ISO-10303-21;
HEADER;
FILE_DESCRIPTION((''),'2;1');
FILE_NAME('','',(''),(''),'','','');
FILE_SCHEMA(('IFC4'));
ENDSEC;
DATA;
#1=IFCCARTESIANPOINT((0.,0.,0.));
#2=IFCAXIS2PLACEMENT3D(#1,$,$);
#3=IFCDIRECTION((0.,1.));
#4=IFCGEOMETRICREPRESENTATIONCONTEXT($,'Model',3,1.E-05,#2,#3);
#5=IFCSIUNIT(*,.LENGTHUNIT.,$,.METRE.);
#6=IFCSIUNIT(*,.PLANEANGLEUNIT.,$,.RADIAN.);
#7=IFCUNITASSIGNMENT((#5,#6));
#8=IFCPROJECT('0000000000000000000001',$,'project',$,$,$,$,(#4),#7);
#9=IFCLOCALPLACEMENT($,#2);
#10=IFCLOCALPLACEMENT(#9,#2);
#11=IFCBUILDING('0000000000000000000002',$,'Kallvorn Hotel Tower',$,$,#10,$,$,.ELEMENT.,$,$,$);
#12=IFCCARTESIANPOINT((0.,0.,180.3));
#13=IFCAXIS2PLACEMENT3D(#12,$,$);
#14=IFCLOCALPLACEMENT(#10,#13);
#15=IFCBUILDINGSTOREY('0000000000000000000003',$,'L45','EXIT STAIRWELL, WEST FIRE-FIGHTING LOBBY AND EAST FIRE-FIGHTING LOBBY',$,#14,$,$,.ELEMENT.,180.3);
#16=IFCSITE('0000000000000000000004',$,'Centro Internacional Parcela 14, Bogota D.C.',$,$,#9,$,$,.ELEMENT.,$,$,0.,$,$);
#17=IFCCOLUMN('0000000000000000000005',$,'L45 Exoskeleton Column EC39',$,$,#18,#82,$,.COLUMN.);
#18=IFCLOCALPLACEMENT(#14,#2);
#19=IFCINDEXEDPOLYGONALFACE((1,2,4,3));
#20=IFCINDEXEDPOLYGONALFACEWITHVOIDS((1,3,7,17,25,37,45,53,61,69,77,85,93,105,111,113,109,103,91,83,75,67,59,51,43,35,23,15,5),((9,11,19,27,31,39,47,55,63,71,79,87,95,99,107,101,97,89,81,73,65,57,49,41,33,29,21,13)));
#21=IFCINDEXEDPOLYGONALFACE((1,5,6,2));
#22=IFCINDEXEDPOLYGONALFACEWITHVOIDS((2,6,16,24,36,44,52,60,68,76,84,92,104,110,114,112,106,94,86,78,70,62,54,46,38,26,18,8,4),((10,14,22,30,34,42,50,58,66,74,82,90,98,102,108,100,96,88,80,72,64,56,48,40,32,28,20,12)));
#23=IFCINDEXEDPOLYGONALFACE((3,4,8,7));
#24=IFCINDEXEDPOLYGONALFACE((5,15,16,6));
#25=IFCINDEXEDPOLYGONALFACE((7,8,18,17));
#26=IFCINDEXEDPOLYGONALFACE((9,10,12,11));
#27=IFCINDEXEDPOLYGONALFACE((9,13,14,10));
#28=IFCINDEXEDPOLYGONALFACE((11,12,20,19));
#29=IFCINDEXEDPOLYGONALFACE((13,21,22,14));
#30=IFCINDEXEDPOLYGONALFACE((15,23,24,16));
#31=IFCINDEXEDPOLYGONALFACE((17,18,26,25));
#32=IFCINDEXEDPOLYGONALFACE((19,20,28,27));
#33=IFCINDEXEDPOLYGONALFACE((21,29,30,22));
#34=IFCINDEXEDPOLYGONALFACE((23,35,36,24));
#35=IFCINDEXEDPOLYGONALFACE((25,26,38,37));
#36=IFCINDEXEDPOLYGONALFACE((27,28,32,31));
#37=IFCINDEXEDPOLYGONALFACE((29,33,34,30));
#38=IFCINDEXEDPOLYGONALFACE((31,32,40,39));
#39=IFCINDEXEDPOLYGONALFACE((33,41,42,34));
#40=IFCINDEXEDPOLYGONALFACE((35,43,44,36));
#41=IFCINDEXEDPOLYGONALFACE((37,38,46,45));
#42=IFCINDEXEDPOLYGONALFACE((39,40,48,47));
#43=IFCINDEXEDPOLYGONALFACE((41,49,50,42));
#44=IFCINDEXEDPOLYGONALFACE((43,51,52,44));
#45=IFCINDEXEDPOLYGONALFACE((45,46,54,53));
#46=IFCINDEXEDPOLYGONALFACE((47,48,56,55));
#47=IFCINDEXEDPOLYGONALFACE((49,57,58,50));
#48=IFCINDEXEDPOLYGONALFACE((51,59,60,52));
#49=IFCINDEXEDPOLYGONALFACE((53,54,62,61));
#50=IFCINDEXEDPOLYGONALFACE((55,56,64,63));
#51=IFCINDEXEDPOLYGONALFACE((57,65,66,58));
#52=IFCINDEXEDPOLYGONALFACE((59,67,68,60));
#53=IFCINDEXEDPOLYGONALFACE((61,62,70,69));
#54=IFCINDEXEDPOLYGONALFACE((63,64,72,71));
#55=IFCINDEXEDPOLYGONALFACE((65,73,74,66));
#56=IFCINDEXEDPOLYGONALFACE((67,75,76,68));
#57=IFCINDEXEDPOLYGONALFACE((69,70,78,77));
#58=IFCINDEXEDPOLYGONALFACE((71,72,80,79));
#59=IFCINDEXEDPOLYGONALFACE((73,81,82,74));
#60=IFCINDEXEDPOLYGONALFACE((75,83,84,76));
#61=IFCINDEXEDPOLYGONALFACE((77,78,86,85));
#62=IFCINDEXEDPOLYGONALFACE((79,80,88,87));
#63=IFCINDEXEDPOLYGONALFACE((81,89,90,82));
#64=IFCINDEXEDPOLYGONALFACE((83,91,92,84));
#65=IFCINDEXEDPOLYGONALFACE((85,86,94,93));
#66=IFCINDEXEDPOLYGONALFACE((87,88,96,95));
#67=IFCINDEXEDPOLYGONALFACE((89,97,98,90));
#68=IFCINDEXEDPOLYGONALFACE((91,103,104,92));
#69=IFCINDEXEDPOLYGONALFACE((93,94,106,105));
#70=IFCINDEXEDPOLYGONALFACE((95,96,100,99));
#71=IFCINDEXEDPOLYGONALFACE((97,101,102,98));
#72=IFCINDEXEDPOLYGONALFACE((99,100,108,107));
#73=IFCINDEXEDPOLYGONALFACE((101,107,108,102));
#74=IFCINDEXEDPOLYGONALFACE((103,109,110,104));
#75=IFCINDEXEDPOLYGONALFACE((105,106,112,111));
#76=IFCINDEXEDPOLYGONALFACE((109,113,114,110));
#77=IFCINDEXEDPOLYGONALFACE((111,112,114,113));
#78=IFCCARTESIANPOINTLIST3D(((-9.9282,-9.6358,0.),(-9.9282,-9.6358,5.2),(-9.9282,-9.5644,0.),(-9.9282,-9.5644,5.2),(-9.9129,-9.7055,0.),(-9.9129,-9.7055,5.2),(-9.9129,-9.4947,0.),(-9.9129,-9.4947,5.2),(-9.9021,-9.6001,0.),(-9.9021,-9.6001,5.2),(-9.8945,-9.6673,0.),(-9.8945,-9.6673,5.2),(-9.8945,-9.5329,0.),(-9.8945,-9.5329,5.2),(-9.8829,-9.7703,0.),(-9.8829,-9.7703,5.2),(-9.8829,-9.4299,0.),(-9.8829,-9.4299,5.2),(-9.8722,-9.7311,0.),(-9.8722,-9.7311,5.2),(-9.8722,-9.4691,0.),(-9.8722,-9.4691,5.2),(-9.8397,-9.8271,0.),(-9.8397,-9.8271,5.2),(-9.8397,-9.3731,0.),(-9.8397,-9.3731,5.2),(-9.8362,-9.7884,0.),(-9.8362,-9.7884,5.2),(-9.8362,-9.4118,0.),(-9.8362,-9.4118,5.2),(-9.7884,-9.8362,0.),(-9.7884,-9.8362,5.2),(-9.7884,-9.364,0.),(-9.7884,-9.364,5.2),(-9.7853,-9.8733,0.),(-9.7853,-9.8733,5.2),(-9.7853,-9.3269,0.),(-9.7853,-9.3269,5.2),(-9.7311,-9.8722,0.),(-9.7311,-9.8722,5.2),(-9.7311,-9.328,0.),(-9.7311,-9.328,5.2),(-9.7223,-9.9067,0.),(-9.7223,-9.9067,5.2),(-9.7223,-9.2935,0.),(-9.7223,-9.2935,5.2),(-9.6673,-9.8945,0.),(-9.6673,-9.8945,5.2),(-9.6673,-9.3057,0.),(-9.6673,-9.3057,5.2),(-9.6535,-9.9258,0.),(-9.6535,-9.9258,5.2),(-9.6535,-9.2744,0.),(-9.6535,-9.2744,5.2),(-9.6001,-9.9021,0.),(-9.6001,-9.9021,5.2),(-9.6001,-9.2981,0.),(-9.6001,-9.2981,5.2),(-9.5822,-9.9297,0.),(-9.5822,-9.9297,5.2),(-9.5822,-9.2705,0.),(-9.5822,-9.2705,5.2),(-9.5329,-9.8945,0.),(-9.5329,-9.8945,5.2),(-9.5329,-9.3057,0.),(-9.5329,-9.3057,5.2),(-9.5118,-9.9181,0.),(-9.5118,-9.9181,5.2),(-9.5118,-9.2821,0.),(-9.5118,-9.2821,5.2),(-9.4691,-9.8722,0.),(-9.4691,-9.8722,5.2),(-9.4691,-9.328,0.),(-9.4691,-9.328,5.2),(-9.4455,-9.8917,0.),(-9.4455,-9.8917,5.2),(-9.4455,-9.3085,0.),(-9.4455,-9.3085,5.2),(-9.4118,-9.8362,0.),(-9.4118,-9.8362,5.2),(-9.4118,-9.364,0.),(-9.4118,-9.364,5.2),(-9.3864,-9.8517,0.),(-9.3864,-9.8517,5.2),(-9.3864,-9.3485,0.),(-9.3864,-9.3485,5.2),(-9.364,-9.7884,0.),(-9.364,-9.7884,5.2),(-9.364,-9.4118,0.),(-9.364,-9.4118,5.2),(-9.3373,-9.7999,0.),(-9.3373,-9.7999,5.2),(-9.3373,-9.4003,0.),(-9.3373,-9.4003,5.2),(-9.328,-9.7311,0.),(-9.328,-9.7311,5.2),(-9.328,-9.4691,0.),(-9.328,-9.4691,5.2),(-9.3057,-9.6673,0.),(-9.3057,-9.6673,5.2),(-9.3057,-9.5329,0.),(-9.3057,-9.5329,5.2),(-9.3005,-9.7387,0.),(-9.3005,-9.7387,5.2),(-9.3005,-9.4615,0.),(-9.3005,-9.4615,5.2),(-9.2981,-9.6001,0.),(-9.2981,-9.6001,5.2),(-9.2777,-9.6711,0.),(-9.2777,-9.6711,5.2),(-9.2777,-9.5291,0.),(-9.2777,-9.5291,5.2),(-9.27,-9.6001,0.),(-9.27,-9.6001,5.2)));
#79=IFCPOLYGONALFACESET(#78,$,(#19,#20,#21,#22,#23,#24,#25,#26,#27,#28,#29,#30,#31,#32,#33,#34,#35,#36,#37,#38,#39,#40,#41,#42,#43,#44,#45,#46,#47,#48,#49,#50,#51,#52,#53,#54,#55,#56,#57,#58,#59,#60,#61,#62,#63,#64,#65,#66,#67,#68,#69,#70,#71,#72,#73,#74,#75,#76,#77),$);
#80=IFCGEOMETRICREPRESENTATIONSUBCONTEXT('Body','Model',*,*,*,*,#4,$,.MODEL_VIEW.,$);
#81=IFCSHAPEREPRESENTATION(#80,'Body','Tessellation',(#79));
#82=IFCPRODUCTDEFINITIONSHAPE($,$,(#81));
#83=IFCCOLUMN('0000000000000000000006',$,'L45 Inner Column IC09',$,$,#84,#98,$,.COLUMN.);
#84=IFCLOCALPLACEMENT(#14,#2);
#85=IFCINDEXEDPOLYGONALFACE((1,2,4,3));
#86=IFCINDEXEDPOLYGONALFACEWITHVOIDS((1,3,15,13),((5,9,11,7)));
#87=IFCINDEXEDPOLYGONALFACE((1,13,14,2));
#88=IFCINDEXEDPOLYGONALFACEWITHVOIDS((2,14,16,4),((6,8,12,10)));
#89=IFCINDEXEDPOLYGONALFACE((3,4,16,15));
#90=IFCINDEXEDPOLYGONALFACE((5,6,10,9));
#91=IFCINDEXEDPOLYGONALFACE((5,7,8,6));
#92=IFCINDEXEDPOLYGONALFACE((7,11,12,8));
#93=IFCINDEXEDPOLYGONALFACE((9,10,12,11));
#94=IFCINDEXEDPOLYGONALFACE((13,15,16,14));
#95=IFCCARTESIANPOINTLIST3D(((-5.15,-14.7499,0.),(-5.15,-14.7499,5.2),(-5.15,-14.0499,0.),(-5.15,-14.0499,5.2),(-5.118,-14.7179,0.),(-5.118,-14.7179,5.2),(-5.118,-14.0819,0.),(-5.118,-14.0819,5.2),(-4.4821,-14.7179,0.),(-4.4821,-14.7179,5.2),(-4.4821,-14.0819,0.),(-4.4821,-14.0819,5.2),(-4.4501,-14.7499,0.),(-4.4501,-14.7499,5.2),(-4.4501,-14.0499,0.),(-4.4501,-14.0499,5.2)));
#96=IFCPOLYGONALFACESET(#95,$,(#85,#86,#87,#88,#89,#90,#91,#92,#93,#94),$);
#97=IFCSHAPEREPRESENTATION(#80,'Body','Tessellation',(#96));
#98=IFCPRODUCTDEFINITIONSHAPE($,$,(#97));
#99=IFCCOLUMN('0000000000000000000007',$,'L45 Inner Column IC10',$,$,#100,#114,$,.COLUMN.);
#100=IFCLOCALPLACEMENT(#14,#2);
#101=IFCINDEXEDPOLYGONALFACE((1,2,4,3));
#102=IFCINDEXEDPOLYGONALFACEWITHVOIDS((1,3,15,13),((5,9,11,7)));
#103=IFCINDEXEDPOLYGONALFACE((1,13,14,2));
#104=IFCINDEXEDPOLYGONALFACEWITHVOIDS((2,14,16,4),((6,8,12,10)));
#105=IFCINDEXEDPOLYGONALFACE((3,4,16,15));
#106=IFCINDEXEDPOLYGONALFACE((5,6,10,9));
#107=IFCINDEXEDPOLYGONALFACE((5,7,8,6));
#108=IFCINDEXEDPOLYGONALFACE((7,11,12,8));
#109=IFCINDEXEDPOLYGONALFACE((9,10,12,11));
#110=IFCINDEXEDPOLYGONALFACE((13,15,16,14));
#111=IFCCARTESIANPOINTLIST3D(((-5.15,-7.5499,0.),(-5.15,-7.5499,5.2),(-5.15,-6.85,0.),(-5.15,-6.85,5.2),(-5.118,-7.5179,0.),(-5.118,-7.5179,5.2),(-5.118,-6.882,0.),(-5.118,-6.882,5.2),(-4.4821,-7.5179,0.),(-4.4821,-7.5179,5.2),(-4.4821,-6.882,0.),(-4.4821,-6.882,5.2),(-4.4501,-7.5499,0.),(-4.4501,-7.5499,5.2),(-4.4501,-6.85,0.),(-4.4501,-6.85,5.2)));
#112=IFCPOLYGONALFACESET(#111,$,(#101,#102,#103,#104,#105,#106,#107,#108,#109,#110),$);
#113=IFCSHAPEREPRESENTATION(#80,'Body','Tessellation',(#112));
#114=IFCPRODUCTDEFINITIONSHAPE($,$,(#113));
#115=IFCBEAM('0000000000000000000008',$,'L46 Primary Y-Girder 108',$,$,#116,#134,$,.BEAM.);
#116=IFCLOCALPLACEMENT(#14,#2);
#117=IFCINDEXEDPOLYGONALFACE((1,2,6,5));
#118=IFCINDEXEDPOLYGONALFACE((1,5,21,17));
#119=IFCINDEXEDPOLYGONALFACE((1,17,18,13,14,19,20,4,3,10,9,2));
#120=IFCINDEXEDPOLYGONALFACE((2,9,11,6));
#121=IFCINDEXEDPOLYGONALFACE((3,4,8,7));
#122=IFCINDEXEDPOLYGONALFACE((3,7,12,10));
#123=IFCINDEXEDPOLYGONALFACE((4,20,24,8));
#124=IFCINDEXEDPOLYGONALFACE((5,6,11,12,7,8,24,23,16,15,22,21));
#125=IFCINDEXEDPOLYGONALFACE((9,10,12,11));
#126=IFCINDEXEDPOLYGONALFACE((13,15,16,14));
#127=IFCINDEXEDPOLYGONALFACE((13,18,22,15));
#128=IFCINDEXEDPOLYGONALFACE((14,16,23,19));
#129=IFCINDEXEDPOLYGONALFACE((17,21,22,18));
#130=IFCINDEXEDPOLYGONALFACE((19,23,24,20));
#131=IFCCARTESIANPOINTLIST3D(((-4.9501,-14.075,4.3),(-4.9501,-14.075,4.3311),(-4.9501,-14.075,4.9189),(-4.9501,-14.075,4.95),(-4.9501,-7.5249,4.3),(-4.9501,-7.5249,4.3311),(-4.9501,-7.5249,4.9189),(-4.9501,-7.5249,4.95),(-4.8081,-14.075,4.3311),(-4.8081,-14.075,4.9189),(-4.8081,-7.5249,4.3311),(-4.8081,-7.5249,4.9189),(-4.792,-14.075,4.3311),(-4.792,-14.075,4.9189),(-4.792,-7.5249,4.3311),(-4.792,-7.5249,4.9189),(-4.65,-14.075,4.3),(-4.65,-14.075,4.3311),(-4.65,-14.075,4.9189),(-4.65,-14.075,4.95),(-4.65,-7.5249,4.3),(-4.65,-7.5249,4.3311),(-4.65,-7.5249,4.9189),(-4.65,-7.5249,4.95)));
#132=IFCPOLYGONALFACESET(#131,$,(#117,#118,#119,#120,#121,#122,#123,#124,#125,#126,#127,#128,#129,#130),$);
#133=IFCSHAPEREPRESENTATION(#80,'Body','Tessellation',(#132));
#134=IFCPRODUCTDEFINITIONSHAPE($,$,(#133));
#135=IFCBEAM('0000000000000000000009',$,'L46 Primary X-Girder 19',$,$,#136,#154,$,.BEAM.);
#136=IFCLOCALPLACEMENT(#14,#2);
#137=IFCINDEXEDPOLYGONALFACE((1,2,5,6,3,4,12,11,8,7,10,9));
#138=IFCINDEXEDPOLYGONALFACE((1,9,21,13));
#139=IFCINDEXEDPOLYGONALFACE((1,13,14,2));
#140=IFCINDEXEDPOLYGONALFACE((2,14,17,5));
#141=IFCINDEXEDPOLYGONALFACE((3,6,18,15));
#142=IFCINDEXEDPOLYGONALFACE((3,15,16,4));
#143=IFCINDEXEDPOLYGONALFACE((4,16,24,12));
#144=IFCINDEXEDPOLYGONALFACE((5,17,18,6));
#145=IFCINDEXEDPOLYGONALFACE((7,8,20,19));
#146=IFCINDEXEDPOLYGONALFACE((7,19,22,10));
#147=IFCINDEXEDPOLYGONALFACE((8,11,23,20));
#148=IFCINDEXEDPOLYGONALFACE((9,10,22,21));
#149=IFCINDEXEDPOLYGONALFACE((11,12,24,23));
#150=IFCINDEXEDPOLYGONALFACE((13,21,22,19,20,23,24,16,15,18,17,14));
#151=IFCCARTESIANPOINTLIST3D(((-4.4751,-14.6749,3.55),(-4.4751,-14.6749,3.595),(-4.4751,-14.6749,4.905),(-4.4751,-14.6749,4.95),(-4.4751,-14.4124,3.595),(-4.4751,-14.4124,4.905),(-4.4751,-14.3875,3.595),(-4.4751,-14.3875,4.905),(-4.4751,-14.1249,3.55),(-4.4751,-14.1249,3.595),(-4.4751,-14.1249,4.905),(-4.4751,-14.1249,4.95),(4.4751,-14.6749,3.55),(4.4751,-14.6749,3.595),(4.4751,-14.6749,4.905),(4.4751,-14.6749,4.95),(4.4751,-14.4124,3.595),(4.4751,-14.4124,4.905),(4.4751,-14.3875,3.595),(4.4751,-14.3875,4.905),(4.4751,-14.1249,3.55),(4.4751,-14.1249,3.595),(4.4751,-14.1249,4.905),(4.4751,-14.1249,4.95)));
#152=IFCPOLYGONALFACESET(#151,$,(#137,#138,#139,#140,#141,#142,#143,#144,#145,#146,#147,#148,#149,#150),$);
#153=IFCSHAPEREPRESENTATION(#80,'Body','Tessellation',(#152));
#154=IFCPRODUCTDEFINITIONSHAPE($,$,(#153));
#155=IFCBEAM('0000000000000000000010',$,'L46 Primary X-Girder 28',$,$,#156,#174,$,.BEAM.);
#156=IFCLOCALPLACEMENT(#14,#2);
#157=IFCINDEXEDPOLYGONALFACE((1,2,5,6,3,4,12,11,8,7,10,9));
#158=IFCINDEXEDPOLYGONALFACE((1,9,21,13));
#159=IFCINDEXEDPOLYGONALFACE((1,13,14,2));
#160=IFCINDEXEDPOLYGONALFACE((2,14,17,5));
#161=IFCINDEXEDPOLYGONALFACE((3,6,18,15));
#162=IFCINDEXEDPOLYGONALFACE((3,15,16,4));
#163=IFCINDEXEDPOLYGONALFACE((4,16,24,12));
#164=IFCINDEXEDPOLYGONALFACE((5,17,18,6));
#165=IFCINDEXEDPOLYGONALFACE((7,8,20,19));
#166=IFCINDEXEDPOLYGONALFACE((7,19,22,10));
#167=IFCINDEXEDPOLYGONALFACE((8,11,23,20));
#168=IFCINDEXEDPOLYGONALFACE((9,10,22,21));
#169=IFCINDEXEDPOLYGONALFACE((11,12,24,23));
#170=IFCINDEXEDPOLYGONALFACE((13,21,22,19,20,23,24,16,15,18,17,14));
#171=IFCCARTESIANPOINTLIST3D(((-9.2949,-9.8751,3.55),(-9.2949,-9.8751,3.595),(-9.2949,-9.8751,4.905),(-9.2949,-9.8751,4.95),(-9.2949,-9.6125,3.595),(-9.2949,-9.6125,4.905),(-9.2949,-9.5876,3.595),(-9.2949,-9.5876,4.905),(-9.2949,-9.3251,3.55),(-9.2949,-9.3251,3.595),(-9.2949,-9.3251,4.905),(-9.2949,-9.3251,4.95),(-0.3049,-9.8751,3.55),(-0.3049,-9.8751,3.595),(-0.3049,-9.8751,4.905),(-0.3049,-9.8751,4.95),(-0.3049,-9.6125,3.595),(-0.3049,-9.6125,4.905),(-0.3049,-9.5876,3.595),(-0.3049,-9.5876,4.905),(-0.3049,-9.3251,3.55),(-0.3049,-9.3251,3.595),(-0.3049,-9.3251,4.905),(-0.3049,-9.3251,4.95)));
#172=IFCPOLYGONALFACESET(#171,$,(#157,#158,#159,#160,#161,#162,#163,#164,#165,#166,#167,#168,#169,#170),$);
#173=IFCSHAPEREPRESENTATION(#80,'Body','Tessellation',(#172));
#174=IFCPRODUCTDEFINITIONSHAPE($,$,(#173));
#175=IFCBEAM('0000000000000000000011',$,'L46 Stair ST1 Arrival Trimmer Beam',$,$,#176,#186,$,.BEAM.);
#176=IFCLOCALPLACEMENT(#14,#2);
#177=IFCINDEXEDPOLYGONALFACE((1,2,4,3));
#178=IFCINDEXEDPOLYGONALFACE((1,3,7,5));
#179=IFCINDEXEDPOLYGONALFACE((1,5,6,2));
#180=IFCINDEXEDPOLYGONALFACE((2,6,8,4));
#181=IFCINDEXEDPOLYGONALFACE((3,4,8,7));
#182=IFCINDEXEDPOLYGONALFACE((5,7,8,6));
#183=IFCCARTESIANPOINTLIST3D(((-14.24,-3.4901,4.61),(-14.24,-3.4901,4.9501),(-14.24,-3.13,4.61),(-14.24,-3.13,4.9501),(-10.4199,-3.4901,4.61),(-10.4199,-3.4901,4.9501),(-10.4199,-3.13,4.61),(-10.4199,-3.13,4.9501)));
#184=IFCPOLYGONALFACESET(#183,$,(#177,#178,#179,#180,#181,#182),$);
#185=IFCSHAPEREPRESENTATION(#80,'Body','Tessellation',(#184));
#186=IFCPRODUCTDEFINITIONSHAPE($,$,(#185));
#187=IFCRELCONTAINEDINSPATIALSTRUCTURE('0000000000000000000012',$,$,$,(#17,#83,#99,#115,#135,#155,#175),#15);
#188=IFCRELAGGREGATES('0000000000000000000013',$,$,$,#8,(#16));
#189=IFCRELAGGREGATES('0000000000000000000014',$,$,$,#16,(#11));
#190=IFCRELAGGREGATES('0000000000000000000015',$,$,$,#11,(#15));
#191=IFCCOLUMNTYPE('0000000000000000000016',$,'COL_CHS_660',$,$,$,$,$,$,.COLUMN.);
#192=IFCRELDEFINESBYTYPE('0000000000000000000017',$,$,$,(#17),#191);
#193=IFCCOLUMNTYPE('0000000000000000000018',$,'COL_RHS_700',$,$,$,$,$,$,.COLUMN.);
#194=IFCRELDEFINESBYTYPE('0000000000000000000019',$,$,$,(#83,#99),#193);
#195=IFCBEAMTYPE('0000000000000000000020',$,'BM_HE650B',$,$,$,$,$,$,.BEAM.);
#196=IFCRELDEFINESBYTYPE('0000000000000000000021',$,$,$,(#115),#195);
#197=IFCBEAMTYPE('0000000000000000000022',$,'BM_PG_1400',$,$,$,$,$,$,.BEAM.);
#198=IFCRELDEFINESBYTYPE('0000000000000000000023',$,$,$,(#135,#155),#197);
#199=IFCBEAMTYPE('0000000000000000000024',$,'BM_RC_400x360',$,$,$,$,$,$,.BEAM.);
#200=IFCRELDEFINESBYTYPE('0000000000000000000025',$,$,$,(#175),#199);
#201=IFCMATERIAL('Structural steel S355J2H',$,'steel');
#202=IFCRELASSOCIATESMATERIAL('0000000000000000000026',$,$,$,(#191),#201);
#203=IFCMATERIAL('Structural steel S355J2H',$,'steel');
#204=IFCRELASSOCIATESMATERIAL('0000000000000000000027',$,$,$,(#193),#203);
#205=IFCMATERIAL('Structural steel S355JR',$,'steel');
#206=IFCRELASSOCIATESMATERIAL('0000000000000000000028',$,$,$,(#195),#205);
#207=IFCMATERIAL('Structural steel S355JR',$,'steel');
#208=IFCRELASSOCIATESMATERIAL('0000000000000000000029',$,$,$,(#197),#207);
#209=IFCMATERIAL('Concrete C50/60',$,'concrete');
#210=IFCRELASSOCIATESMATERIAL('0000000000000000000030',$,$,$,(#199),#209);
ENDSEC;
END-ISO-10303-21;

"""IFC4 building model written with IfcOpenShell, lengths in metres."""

from ifc_helpers import new_model, si_unit, direction, frame, origin, origin_2d, place, context, subcontext, project, spatial, rectangle, hollow_rectangle, hollow_circle, i_section, extrude, material, material_profile, profile_set, type_object, element, save


model = new_model("IFC4")

# Units and contexts
model_context = context("Model", 3, precision=1e-05, world=origin(), true_north=direction((0.0, 1.0)))
body_context = subcontext(model_context, "Body", "Model", "MODEL_VIEW")
ifc_project = project(units=[si_unit("LENGTHUNIT", "METRE"), si_unit("PLANEANGLEUNIT", "RADIAN")], contexts=[model_context])

# Site, building, storey
site_placement = place(None, origin())
site = spatial("IfcSite", under=ifc_project, at=site_placement, Name="Centro Internacional Parcela 14, Bogota D.C.", CompositionType="ELEMENT", RefElevation=0.0)
building_placement = place(site_placement, origin())
building = spatial("IfcBuilding", under=site, at=building_placement, Name="Kallvorn Hotel Tower", CompositionType="ELEMENT")
storey_placement = place(building_placement, frame((0.0, 0.0, 180.3)))
storey = spatial("IfcBuildingStorey", under=building, at=storey_placement, Name="L45", Description="EXIT STAIRWELL, WEST FIRE-FIGHTING LOBBY AND EAST FIRE-FIGHTING LOBBY", CompositionType="ELEMENT", Elevation=180.3)

# Columns
ifc_material_1 = material(Name="Structural steel S355J2H", Category="steel")
ifc_material_profile_1 = material_profile(ifc_material_1, hollow_circle(Radius=0.3301, WallThickness=0.0281, at=origin_2d()), Name="CHS 660x28")
ifc_profile_set_1 = profile_set([ifc_material_profile_1], Name="Structural steel S355J2H")
column_type_1 = type_object("IfcColumnType", Name="COL_CHS_660", PredefinedType="COLUMN", material=ifc_profile_set_1)
column_placement = place(storey_placement, frame((-9.6001, -9.6001, 0.0), z_axis=(0.0, 0.0, 1.0), x_axis=(1.0, 0.0, 0.0)))
element("IfcColumn", 1, at=column_placement, inside=storey, type_object=column_type_1, Name="L45 Exoskeleton Column EC39", PredefinedType="COLUMN", context=body_context, shape_type="SweptSolid", body=[
    extrude(hollow_circle(Radius=0.3301, WallThickness=0.0281, at=origin_2d()), origin(), (0.0, 0.0, 1.0), 5.2),
])
ifc_material_2 = material(Name="Structural steel S355J2H", Category="steel")
ifc_material_profile_2 = material_profile(ifc_material_2, hollow_rectangle(XDim=0.7, YDim=0.7, WallThickness=0.032, at=origin_2d()), Name="RHS 700x700x32")
ifc_profile_set_2 = profile_set([ifc_material_profile_2], Name="Structural steel S355J2H")
column_type_2 = type_object("IfcColumnType", Name="COL_RHS_700", PredefinedType="COLUMN", material=ifc_profile_set_2)
for number, where, z_axis, x_axis, name in (
    (2, (-4.8, -14.3999, 0.0), (0.0, 0.0, 1.0), (1.0, 0.0, 0.0), "L45 Inner Column IC09"),
    (3, (-4.8, -7.2, 0.0), (0.0, 0.0, 1.0), (1.0, 0.0, 0.0), "L45 Inner Column IC10"),
):
    element("IfcColumn", number, at=place(storey_placement, frame(where, z_axis=z_axis, x_axis=x_axis)), inside=storey, type_object=column_type_2, Name=name, PredefinedType="COLUMN", context=body_context, shape_type="SweptSolid", body=[
        extrude(hollow_rectangle(XDim=0.7, YDim=0.7, WallThickness=0.032, at=origin_2d()), origin(), (0.0, 0.0, 1.0), 5.2),
    ])

# Beams
ifc_material_3 = material(Name="Structural steel S355JR", Category="steel")
ifc_material_profile_3 = material_profile(ifc_material_3, i_section(OverallWidth=0.3, OverallDepth=0.6499, WebThickness=0.0161, FlangeThickness=0.031, at=origin_2d()), Name="HE 650 B")
ifc_profile_set_3 = profile_set([ifc_material_profile_3], Name="Structural steel S355JR")
beam_type_1 = type_object("IfcBeamType", Name="BM_HE650B", PredefinedType="BEAM", material=ifc_profile_set_3)
beam_1_placement = place(storey_placement, frame((-4.8, -14.075, 4.625), z_axis=(0.0, 1.0, 0.0), x_axis=(-1.0, 0.0, 0.0)))
element("IfcBeam", 4, at=beam_1_placement, inside=storey, type_object=beam_type_1, Name="L46 Primary Y-Girder 108", PredefinedType="BEAM", context=body_context, shape_type="SweptSolid", body=[
    extrude(i_section(OverallWidth=0.3, OverallDepth=0.6499, WebThickness=0.0161, FlangeThickness=0.031, at=origin_2d()), origin(), (0.0, 0.0, 1.0), 6.55),
])
ifc_material_4 = material(Name="Structural steel S355JR", Category="steel")
ifc_material_profile_4 = material_profile(ifc_material_4, i_section(OverallWidth=0.55, OverallDepth=1.3999, WebThickness=0.0249, FlangeThickness=0.0449, at=origin_2d()), Name="PG 1400x550x25x45")
ifc_profile_set_4 = profile_set([ifc_material_profile_4], Name="Structural steel S355JR")
beam_type_2 = type_object("IfcBeamType", Name="BM_PG_1400", PredefinedType="BEAM", material=ifc_profile_set_4)
beam_2_placement = place(storey_placement, frame((-4.4751, -14.3999, 4.25), z_axis=(1.0, 0.0, 0.0), x_axis=(0.0, 1.0, 0.0)))
element("IfcBeam", 5, at=beam_2_placement, inside=storey, type_object=beam_type_2, Name="L46 Primary X-Girder 19", PredefinedType="BEAM", context=body_context, shape_type="SweptSolid", body=[
    extrude(i_section(OverallWidth=0.55, OverallDepth=1.3999, WebThickness=0.0249, FlangeThickness=0.0449, at=origin_2d()), origin(), (0.0, 0.0, 1.0), 8.9502),
])
beam_3_placement = place(storey_placement, frame((-9.2949, -9.6001, 4.25), z_axis=(1.0, 0.0, 0.0), x_axis=(0.0, 1.0, 0.0)))
element("IfcBeam", 6, at=beam_3_placement, inside=storey, type_object=beam_type_2, Name="L46 Primary X-Girder 28", PredefinedType="BEAM", context=body_context, shape_type="SweptSolid", body=[
    extrude(i_section(OverallWidth=0.55, OverallDepth=1.3999, WebThickness=0.0249, FlangeThickness=0.0449, at=origin_2d()), origin(), (0.0, 0.0, 1.0), 8.99),
])
ifc_material_5 = material(Name="Concrete C50/60", Category="concrete")
ifc_material_profile_5 = material_profile(ifc_material_5, rectangle(XDim=0.3601, YDim=0.3401, at=origin_2d()), Name="RC 360x340")
ifc_profile_set_5 = profile_set([ifc_material_profile_5], Name="Concrete C50/60")
beam_type_3 = type_object("IfcBeamType", Name="BM_RC_400x360", PredefinedType="BEAM", material=ifc_profile_set_5)
beam_4_placement = place(storey_placement, frame((-10.4199, -3.3101, 4.78), z_axis=(-1.0, 0.0, 0.0), x_axis=(0.0, -1.0, 0.0)))
element("IfcBeam", 7, at=beam_4_placement, inside=storey, type_object=beam_type_3, Name="L46 Stair ST1 Arrival Trimmer Beam", PredefinedType="BEAM", context=body_context, shape_type="SweptSolid", body=[
    extrude(rectangle(XDim=0.3601, YDim=0.3401, at=origin_2d()), origin(), (0.0, 0.0, 1.0), 3.8201),
])

save(model, "model.ifc")
